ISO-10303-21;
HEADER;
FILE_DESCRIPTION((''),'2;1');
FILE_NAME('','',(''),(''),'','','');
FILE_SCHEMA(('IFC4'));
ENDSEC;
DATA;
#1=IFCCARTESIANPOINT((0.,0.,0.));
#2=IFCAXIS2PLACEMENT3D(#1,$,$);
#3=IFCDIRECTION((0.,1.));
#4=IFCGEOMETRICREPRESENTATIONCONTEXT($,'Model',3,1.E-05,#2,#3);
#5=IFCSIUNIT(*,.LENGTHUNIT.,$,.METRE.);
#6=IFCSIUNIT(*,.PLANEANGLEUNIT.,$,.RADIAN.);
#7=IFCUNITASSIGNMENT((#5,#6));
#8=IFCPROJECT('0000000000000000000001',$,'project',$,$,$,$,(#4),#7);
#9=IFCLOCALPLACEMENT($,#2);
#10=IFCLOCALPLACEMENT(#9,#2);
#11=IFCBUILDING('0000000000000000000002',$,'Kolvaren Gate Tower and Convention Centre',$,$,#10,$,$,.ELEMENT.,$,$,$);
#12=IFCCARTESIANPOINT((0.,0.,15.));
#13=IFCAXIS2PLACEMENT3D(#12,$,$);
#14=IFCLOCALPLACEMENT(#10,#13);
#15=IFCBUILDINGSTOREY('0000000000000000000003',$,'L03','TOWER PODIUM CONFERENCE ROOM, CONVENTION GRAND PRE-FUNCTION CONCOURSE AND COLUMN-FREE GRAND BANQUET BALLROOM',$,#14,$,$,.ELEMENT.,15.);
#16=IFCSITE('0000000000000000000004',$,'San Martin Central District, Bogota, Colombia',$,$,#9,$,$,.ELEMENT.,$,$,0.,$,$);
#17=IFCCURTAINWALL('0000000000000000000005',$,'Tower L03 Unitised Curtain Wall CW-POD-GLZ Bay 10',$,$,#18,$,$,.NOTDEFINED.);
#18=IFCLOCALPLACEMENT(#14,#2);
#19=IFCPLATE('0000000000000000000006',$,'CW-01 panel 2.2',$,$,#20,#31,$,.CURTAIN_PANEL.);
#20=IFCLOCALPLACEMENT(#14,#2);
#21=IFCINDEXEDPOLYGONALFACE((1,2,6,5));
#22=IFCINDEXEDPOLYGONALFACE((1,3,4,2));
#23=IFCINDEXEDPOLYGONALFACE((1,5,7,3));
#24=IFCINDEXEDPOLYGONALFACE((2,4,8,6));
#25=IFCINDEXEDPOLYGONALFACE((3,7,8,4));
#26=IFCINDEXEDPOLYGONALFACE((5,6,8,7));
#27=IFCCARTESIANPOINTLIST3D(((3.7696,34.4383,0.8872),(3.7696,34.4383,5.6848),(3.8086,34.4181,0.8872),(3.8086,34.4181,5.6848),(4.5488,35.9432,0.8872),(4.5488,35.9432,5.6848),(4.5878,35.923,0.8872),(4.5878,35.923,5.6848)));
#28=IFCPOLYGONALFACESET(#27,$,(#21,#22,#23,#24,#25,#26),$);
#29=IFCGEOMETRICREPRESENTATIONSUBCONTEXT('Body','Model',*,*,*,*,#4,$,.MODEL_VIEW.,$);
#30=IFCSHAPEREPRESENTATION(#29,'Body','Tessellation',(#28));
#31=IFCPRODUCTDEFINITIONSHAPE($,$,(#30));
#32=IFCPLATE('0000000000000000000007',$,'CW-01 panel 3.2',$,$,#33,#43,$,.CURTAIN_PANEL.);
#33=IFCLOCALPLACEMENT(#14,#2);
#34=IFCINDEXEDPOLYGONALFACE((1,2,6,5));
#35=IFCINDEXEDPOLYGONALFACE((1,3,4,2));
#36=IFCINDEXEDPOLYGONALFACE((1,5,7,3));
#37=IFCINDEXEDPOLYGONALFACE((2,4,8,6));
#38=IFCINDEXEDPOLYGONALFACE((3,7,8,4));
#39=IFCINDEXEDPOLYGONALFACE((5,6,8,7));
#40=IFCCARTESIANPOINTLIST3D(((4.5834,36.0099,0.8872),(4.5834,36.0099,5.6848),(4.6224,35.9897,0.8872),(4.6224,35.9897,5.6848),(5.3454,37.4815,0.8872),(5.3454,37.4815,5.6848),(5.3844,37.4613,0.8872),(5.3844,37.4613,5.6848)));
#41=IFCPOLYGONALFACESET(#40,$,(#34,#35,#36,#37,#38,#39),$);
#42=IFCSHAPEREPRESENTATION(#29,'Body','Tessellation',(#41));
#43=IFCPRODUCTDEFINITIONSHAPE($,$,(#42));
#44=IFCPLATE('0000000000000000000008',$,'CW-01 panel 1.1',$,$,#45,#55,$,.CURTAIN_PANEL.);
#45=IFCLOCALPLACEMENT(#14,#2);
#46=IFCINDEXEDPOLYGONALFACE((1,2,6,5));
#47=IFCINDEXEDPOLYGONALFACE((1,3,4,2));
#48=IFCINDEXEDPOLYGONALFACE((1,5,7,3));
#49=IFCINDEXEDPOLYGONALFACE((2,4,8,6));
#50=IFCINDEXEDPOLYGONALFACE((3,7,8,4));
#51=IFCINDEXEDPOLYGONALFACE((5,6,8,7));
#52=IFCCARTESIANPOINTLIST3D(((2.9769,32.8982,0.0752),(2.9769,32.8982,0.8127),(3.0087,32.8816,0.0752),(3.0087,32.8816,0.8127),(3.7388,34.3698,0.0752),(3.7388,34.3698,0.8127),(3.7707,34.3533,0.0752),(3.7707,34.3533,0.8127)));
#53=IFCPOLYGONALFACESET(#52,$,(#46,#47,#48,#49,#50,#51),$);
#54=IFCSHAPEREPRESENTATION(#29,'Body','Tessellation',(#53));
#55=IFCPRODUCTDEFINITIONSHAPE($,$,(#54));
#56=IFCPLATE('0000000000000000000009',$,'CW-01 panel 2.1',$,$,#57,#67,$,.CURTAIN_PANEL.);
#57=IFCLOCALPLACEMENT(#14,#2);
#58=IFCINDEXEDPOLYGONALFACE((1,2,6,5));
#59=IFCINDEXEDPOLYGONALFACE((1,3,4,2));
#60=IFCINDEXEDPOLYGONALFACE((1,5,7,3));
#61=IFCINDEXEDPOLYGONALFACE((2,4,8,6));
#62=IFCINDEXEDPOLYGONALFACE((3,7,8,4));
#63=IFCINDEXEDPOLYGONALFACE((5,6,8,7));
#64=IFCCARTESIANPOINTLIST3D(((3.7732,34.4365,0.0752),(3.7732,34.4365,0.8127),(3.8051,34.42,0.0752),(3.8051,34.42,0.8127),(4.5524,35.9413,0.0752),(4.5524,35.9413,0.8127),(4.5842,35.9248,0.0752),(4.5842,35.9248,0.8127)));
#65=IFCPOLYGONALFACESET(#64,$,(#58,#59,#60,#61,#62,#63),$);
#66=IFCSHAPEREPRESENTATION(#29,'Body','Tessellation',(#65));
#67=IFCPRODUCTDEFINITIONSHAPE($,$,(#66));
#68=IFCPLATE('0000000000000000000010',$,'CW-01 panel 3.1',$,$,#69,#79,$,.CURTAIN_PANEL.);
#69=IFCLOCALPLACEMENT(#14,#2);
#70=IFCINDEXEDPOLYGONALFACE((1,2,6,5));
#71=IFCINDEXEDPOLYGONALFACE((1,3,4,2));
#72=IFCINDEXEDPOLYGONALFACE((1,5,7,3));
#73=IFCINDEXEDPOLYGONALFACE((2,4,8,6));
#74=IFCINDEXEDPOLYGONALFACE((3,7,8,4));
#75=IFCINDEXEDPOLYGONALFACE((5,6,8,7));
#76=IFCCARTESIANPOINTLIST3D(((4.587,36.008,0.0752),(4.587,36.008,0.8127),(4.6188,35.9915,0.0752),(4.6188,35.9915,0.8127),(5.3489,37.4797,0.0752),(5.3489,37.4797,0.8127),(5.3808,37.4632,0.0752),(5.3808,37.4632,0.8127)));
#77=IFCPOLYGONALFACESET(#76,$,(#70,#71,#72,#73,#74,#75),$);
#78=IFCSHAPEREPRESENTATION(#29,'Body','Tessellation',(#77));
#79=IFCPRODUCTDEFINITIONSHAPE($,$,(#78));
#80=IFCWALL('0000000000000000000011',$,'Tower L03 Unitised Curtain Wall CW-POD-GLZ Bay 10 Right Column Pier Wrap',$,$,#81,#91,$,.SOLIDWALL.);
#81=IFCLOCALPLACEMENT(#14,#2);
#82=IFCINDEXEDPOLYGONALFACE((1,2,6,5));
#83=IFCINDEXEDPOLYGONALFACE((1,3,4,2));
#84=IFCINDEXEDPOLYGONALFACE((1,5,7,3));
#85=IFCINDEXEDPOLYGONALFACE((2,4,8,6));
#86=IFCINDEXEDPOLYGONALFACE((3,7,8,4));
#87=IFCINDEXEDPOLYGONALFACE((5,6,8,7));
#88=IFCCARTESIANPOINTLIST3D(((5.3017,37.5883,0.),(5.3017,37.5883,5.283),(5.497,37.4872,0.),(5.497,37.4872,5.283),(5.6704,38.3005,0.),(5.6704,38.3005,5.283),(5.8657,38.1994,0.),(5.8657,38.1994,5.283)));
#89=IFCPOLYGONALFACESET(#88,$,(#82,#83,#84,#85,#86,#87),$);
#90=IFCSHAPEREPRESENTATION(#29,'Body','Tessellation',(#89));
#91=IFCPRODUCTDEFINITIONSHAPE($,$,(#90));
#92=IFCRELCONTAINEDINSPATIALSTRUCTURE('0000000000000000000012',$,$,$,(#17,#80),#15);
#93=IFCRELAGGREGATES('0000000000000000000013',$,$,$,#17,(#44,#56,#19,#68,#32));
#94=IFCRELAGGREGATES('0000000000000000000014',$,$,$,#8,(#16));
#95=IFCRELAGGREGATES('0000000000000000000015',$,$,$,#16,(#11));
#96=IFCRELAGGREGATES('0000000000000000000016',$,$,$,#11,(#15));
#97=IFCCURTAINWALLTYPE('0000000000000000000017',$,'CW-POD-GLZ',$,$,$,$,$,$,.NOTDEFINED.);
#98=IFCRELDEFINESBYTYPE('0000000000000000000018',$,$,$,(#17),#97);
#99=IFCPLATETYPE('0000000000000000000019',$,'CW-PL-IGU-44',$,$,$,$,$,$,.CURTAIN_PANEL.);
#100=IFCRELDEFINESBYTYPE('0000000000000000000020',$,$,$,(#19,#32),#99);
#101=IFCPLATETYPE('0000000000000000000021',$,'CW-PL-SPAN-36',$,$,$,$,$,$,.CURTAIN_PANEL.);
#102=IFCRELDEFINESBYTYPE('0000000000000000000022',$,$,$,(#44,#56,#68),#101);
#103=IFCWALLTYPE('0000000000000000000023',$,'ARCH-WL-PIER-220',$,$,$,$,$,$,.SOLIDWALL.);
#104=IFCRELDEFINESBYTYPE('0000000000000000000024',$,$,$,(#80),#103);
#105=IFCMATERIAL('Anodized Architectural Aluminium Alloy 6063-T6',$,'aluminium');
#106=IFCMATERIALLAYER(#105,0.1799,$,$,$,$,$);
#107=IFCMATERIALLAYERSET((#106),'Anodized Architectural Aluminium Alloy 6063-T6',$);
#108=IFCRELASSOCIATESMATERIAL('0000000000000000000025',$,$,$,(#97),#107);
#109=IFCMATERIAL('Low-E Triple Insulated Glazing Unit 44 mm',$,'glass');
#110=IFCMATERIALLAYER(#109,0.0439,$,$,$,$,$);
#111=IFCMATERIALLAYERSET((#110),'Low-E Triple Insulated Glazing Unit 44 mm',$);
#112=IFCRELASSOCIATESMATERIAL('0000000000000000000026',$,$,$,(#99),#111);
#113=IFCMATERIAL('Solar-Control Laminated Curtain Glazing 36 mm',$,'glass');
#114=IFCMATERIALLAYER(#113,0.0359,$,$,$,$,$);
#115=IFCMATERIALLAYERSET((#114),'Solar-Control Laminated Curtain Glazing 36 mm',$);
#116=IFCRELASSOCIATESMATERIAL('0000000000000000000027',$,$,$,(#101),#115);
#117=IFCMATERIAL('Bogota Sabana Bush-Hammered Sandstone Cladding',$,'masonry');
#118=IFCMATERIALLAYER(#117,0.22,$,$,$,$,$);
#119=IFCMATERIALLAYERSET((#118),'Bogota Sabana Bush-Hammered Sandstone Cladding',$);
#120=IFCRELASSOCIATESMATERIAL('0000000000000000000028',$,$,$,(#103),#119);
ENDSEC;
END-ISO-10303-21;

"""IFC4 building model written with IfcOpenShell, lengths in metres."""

from ifc_helpers import new_model, si_unit, direction, frame, frame_2d, origin, origin_2d, place, context, subcontext, project, spatial, rectangle, extrude, material, layer, layer_set, type_object, element, aggregate, save


model = new_model("IFC4")

# Units and contexts
model_context = context("Model", 3, precision=1e-05, world=origin(), true_north=direction((0.0, 1.0)))
body_context = subcontext(model_context, "Body", "Model", "MODEL_VIEW")
ifc_project = project(units=[si_unit("LENGTHUNIT", "METRE"), si_unit("PLANEANGLEUNIT", "RADIAN")], contexts=[model_context])

# Site, building, storey
site_placement = place(None, origin())
site = spatial("IfcSite", under=ifc_project, at=site_placement, Name="San Martin Central District, Bogota, Colombia", CompositionType="ELEMENT", RefElevation=0.0)
building_placement = place(site_placement, origin())
building = spatial("IfcBuilding", under=site, at=building_placement, Name="Kolvaren Gate Tower and Convention Centre", CompositionType="ELEMENT")
storey_placement = place(building_placement, frame((0.0, 0.0, 15.0)))
storey = spatial("IfcBuildingStorey", under=building, at=storey_placement, Name="L03", Description="TOWER PODIUM CONFERENCE ROOM, CONVENTION GRAND PRE-FUNCTION CONCOURSE AND COLUMN-FREE GRAND BANQUET BALLROOM", CompositionType="ELEMENT", Elevation=15.0)

# Curtain wall, plates
ifc_material_1 = material(Name="Anodized Architectural Aluminium Alloy 6063-T6", Category="aluminium")
ifc_layer_1 = layer(ifc_material_1, 0.1799)
ifc_layer_set_1 = layer_set([ifc_layer_1], Name="Anodized Architectural Aluminium Alloy 6063-T6")
curtain_wall_type = type_object("IfcCurtainWallType", Name="CW-POD-GLZ", PredefinedType="NOTDEFINED", material=ifc_layer_set_1)
curtain_wall_placement = place(storey_placement, origin())
curtain_wall = element("IfcCurtainWall", 1, at=curtain_wall_placement, inside=storey, type_object=curtain_wall_type, Name="Tower L03 Unitised Curtain Wall CW-POD-GLZ Bay 10", PredefinedType="NOTDEFINED")
ifc_material_2 = material(Name="Low-E Triple Insulated Glazing Unit 44 mm", Category="glass")
ifc_layer_2 = layer(ifc_material_2, 0.0439)
ifc_layer_set_2 = layer_set([ifc_layer_2], Name="Low-E Triple Insulated Glazing Unit 44 mm")
plate_type_1 = type_object("IfcPlateType", Name="CW-PL-IGU-44", PredefinedType="CURTAIN_PANEL", material=ifc_layer_set_2)
plate_1_placement = place(storey_placement, frame((4.1787, 35.1807, 0.8872), z_axis=(0.0, 0.0, 1.0), x_axis=(0.459789, 0.888028, 0.0)))
plate_1 = element("IfcPlate", 2, at=plate_1_placement, type_object=plate_type_1, Name="CW-01 panel 2.2", PredefinedType="CURTAIN_PANEL", context=body_context, shape_type="SweptSolid", body=[
    extrude(rectangle(XDim=1.6946, YDim=0.0439, at=origin_2d()), origin(), (0.0, 0.0, 1.0), 4.7976),
])
plate_2_placement = place(storey_placement, frame((4.9839, 36.7356, 0.8872), z_axis=(0.0, 0.0, 1.0), x_axis=(0.459789, 0.888028, 0.0)))
plate_2 = element("IfcPlate", 3, at=plate_2_placement, type_object=plate_type_1, Name="CW-01 panel 3.2", PredefinedType="CURTAIN_PANEL", context=body_context, shape_type="SweptSolid", body=[
    extrude(rectangle(XDim=1.6572, YDim=0.0439, at=origin_2d()), origin(), (0.0, 0.0, 1.0), 4.7976),
])
ifc_material_3 = material(Name="Solar-Control Laminated Curtain Glazing 36 mm", Category="glass")
ifc_layer_3 = layer(ifc_material_3, 0.0359)
ifc_layer_set_3 = layer_set([ifc_layer_3], Name="Solar-Control Laminated Curtain Glazing 36 mm")
plate_type_2 = type_object("IfcPlateType", Name="CW-PL-SPAN-36", PredefinedType="CURTAIN_PANEL", material=ifc_layer_set_3)
plate_3_placement = place(storey_placement, frame((3.3738, 33.6257, 0.0752), z_axis=(0.0, 0.0, 1.0), x_axis=(0.459789, 0.888028, 0.0)))
plate_3 = element("IfcPlate", 4, at=plate_3_placement, type_object=plate_type_2, Name="CW-01 panel 1.1", PredefinedType="CURTAIN_PANEL", context=body_context, shape_type="SweptSolid", body=[
    extrude(rectangle(XDim=1.6572, YDim=0.0359, at=origin_2d()), origin(), (0.0, 0.0, 1.0), 0.7375),
])
plate_4_placement = place(storey_placement, frame((4.1787, 35.1807, 0.0752), z_axis=(0.0, 0.0, 1.0), x_axis=(0.459789, 0.888028, 0.0)))
plate_4 = element("IfcPlate", 5, at=plate_4_placement, type_object=plate_type_2, Name="CW-01 panel 2.1", PredefinedType="CURTAIN_PANEL", context=body_context, shape_type="SweptSolid", body=[
    extrude(rectangle(XDim=1.6946, YDim=0.0359, at=origin_2d()), origin(), (0.0, 0.0, 1.0), 0.7375),
])
plate_5_placement = place(storey_placement, frame((4.9839, 36.7356, 0.0752), z_axis=(0.0, 0.0, 1.0), x_axis=(0.459789, 0.888028, 0.0)))
plate_5 = element("IfcPlate", 6, at=plate_5_placement, type_object=plate_type_2, Name="CW-01 panel 3.1", PredefinedType="CURTAIN_PANEL", context=body_context, shape_type="SweptSolid", body=[
    extrude(rectangle(XDim=1.6572, YDim=0.0359, at=origin_2d()), origin(), (0.0, 0.0, 1.0), 0.7375),
])
aggregate(curtain_wall, [plate_3, plate_4, plate_1, plate_5, plate_2])

# Wall
ifc_material_4 = material(Name="Bogota Sabana Bush-Hammered Sandstone Cladding", Category="masonry")
ifc_layer_4 = layer(ifc_material_4, 0.22)
ifc_layer_set_4 = layer_set([ifc_layer_4], Name="Bogota Sabana Bush-Hammered Sandstone Cladding")
wall_type = type_object("IfcWallType", Name="ARCH-WL-PIER-220", PredefinedType="SOLIDWALL", material=ifc_layer_set_4)
wall_placement = place(storey_placement, frame((5.3994, 37.5378, 0.0), z_axis=(0.0, 0.0, 1.0), x_axis=(0.459713, 0.888068, 0.0)))
element("IfcWall", 7, at=wall_placement, inside=storey, type_object=wall_type, Name="Tower L03 Unitised Curtain Wall CW-POD-GLZ Bay 10 Right Column Pier Wrap", PredefinedType="SOLIDWALL", context=body_context, shape_type="SweptSolid", body=[
    extrude(rectangle(XDim=0.802, YDim=0.22, at=frame_2d((0.4009, 0.0))), origin(), (0.0, 0.0, 1.0), 5.283),
])

save(model, "model.ifc")
